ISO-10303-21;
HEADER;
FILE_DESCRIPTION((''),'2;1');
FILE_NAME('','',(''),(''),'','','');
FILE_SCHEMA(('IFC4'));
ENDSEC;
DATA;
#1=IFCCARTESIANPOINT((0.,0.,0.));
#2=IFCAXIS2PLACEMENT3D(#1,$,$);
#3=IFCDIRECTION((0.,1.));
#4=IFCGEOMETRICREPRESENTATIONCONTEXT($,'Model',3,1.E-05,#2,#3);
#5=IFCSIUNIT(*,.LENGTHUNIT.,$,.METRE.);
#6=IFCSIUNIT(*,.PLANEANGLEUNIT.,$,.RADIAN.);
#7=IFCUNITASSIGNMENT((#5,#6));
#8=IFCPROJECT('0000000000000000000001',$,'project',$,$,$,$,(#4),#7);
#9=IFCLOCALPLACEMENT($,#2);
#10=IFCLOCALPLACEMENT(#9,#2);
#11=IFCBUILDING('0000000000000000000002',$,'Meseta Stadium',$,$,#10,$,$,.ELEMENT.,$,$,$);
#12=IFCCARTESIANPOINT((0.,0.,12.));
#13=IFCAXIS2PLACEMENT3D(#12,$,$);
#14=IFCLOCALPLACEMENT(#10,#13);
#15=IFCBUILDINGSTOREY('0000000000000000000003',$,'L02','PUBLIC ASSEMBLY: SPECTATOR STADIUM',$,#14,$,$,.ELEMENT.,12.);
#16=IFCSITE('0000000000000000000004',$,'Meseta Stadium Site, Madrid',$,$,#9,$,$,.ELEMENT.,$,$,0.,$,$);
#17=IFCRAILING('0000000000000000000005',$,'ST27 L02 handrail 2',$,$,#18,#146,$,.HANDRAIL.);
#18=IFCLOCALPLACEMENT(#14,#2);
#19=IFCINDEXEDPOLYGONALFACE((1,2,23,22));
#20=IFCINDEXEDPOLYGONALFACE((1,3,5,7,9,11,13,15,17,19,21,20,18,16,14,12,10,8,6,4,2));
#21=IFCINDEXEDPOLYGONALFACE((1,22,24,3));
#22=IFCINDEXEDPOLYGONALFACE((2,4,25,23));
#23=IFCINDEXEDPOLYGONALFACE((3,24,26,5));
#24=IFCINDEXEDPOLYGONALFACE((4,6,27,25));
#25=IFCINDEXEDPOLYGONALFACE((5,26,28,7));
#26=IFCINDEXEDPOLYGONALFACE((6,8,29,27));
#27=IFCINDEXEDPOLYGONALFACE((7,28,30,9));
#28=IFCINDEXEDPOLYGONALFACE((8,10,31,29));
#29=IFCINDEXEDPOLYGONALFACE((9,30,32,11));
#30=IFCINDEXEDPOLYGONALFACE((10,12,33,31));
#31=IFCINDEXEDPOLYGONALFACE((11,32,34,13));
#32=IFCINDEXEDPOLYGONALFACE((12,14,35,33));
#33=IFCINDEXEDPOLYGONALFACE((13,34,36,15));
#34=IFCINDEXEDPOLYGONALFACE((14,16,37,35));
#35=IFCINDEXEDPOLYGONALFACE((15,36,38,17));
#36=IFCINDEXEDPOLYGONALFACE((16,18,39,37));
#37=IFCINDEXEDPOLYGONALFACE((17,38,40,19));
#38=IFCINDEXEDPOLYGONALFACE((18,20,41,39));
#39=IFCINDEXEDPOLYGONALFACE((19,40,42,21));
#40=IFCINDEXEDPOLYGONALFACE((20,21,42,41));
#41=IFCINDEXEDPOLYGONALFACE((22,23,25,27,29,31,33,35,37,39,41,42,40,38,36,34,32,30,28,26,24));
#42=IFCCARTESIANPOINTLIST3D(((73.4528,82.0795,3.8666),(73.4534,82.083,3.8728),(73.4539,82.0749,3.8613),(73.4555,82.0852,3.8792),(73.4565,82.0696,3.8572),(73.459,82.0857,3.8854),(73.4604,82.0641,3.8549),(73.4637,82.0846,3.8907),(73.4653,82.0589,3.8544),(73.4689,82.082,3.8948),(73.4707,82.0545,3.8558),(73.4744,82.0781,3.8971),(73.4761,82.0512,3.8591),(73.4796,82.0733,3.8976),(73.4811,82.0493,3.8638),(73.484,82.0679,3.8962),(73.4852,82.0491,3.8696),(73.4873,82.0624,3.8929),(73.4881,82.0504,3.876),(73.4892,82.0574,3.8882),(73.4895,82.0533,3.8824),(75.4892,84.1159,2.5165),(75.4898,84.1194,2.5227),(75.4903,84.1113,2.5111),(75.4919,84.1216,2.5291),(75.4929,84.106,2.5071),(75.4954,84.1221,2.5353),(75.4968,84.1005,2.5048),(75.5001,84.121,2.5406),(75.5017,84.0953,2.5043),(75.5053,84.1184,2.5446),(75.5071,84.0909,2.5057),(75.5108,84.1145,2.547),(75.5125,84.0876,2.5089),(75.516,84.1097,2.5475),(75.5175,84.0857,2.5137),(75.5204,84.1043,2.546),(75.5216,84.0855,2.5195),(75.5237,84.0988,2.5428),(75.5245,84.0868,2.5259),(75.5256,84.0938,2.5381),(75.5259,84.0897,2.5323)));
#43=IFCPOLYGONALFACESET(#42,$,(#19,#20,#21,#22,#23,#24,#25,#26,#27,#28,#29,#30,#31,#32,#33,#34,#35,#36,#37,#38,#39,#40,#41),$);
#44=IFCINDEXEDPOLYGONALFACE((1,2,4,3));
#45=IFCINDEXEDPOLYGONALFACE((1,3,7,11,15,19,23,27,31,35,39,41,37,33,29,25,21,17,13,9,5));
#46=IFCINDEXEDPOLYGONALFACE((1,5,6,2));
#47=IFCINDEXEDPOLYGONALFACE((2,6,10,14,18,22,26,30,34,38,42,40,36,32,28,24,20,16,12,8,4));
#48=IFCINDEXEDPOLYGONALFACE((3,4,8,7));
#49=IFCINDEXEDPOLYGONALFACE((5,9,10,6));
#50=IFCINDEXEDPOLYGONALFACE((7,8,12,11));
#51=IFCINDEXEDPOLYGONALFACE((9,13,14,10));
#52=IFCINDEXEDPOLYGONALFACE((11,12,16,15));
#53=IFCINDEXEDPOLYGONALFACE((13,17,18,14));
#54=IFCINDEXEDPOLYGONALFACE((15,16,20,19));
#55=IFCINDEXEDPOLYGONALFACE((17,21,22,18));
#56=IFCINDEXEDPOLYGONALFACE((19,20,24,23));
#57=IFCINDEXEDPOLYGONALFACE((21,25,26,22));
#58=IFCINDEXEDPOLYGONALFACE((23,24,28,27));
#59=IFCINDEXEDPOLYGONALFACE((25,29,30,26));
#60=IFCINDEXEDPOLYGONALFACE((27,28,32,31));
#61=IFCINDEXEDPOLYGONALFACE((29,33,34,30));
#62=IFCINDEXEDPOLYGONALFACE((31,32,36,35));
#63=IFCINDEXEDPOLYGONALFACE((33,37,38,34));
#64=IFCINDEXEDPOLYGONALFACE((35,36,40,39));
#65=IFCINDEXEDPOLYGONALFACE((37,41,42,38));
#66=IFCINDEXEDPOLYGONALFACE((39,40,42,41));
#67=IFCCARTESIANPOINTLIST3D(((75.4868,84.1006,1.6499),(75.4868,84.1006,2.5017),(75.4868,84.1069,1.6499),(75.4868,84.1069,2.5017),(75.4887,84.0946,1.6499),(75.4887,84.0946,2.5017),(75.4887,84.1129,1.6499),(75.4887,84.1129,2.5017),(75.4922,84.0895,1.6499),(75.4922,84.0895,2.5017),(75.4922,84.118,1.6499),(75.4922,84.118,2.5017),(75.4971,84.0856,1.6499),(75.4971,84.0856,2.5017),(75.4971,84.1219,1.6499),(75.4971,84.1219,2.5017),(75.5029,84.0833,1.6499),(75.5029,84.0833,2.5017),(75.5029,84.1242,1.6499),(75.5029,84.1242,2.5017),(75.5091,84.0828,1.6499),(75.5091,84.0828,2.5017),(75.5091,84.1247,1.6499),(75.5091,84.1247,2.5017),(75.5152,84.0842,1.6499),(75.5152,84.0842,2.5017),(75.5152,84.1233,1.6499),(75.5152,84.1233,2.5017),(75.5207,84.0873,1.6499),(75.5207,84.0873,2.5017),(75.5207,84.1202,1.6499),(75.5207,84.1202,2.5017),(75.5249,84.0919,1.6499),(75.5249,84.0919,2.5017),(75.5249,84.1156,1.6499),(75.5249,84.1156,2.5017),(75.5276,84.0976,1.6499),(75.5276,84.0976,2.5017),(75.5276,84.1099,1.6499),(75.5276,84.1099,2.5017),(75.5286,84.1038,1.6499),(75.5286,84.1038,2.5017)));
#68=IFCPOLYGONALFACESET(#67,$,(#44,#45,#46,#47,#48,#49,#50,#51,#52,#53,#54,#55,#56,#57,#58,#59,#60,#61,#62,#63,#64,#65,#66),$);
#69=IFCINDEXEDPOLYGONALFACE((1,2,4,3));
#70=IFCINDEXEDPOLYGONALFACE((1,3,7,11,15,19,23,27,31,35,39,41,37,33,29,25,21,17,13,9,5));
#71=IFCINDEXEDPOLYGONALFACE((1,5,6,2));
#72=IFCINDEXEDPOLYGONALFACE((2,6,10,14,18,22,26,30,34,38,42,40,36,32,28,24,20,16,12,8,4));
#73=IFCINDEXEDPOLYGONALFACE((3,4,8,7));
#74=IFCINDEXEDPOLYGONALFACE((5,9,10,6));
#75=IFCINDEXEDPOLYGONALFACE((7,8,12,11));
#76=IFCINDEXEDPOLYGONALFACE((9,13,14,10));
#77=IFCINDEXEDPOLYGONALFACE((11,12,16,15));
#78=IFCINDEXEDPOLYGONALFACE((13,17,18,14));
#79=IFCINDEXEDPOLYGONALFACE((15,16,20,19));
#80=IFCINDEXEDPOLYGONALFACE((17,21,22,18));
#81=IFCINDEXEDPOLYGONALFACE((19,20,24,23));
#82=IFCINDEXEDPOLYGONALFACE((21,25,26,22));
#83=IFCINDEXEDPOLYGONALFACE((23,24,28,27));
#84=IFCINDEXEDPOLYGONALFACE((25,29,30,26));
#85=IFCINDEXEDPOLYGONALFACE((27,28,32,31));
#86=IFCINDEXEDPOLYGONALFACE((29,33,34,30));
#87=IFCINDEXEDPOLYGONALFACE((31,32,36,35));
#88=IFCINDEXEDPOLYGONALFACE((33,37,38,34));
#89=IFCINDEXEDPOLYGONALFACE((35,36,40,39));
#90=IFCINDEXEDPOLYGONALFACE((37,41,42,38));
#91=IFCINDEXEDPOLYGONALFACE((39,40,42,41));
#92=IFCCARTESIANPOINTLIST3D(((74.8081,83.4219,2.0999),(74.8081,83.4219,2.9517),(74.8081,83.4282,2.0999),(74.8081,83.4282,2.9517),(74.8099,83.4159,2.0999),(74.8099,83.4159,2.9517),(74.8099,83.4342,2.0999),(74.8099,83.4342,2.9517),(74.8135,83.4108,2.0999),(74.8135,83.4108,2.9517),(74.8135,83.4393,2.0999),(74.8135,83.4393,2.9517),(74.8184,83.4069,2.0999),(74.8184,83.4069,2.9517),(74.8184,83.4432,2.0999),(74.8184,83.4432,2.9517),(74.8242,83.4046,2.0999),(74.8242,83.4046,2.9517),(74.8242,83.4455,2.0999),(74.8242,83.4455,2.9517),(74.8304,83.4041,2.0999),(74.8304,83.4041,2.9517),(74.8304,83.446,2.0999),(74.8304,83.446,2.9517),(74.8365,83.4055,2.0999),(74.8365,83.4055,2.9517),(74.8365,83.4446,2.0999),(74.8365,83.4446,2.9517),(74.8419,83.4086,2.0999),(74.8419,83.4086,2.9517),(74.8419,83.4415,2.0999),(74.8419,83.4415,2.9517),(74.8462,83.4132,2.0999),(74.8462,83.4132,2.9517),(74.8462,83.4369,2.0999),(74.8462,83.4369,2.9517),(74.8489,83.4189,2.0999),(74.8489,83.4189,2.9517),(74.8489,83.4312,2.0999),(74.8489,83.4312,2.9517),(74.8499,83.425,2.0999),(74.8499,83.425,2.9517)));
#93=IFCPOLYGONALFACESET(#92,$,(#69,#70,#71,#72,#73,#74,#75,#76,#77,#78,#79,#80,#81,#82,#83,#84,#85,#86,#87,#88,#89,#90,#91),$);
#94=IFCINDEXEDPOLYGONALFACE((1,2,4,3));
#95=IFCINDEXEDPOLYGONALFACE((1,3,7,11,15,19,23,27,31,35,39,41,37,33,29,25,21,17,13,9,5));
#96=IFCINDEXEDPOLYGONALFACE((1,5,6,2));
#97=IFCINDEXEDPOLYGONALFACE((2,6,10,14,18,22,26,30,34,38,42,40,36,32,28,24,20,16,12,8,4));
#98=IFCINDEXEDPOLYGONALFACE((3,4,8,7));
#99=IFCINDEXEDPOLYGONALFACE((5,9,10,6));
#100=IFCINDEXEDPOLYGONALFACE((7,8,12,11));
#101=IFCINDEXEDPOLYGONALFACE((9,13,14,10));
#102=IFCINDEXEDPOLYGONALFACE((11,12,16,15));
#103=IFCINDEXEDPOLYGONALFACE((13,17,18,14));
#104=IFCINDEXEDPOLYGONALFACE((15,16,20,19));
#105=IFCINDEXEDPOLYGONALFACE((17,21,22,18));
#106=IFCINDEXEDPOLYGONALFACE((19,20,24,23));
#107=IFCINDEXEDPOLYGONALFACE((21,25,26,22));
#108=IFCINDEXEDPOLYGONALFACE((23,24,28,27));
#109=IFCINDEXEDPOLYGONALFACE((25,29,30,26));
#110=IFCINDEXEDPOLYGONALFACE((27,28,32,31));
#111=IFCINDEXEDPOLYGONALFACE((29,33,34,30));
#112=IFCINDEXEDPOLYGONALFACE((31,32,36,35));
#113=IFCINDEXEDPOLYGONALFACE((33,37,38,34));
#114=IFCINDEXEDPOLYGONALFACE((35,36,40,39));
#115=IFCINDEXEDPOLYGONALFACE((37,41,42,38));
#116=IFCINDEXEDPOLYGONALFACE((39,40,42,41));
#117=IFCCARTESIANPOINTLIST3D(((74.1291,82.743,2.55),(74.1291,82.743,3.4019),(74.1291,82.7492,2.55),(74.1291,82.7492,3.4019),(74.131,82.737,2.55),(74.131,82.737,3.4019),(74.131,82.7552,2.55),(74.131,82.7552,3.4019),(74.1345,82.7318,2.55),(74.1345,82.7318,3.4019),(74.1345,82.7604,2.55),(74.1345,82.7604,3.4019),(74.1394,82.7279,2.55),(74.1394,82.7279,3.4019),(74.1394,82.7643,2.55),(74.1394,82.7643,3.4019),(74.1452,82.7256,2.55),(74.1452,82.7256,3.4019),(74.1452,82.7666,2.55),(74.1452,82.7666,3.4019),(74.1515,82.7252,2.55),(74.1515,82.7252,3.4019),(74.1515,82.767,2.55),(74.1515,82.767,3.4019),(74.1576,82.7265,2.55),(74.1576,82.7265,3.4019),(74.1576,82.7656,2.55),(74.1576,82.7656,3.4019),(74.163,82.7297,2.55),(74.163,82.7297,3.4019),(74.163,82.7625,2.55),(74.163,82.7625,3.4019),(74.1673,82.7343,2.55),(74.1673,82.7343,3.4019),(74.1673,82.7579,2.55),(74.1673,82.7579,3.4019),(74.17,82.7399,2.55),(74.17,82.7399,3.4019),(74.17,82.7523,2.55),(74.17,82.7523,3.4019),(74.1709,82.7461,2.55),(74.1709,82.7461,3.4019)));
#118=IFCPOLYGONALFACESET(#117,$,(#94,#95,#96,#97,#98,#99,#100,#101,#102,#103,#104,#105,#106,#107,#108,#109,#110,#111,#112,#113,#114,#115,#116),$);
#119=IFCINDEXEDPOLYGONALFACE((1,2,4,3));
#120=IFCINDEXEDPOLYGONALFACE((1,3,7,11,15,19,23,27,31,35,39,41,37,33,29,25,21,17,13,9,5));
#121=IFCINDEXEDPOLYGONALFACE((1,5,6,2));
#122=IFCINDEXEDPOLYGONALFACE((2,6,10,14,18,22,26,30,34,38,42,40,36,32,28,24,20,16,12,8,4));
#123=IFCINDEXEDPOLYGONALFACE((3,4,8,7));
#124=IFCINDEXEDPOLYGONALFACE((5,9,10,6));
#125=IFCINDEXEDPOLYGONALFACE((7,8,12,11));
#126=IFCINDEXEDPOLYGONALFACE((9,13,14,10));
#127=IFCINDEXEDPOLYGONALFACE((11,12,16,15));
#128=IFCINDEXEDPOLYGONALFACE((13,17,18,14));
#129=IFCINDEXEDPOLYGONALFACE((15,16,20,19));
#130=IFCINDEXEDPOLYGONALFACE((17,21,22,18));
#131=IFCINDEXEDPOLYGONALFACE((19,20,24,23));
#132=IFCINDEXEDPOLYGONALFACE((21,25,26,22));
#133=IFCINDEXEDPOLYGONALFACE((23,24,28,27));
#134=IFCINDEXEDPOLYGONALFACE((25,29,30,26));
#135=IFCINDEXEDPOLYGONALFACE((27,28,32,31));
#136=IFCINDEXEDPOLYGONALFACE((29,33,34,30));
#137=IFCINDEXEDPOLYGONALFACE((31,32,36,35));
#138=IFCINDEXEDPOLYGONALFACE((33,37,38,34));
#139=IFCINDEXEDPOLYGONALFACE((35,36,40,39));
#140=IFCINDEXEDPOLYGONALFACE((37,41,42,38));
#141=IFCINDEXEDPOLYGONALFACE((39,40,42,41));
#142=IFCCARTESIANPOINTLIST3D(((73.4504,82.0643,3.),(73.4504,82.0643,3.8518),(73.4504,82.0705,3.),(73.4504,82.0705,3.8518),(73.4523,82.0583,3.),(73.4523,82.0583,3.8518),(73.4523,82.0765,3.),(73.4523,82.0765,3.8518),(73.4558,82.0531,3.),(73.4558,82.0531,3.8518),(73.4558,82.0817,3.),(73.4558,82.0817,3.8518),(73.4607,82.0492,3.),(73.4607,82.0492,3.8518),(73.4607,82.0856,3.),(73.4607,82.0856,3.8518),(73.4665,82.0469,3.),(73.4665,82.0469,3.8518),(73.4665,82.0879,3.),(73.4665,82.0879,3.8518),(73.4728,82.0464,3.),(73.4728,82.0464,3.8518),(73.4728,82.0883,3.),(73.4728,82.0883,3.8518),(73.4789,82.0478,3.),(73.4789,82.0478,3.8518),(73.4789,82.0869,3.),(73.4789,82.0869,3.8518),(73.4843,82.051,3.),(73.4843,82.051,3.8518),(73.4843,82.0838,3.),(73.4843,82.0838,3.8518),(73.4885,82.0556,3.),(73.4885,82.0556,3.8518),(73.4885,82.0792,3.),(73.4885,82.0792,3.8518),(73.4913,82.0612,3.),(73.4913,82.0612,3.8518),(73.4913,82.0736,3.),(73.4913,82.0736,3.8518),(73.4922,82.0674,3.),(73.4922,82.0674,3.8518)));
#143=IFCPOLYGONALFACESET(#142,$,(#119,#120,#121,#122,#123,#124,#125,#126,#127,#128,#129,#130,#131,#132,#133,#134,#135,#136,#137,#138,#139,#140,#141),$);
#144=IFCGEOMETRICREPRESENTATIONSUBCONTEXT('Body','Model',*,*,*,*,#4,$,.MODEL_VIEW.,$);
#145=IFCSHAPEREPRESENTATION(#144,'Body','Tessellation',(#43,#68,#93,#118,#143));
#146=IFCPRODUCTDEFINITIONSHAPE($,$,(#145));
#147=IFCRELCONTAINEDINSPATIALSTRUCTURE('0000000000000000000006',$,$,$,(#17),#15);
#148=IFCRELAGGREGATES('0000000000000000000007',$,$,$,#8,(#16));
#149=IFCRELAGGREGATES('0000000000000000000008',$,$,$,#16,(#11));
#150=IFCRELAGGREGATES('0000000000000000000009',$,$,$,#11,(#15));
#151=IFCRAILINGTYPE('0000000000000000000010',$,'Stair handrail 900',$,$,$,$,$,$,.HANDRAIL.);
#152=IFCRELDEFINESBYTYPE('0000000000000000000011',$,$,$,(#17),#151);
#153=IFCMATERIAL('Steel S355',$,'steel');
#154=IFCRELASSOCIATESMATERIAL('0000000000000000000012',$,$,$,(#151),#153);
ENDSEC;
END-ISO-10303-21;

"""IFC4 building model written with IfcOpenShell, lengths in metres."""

from ifc_helpers import new_model, si_unit, direction, frame, origin, origin_2d, place, context, subcontext, project, spatial, circle, extrude, material, type_object, element, save


model = new_model("IFC4")

# Units and contexts
model_context = context("Model", 3, precision=1e-05, world=origin(), true_north=direction((0.0, 1.0)))
body_context = subcontext(model_context, "Body", "Model", "MODEL_VIEW")
ifc_project = project(units=[si_unit("LENGTHUNIT", "METRE"), si_unit("PLANEANGLEUNIT", "RADIAN")], contexts=[model_context])

# Site, building, storey
site_placement = place(None, origin())
site = spatial("IfcSite", under=ifc_project, at=site_placement, Name="Meseta Stadium Site, Madrid", CompositionType="ELEMENT", RefElevation=0.0)
building_placement = place(site_placement, origin())
building = spatial("IfcBuilding", under=site, at=building_placement, Name="Meseta Stadium", CompositionType="ELEMENT")
storey_placement = place(building_placement, frame((0.0, 0.0, 12.0)))
storey = spatial("IfcBuildingStorey", under=building, at=storey_placement, Name="L02", Description="PUBLIC ASSEMBLY: SPECTATOR STADIUM", CompositionType="ELEMENT", Elevation=12.0)

# Railing
ifc_material_1 = material(Name="Steel S355", Category="steel")
railing_type_1 = type_object("IfcRailingType", Name="Stair handrail 900", PredefinedType="HANDRAIL", material=ifc_material_1)
for number, where, name in (
    (1, (75.5076, 84.1038, 1.6499), "ST27 L02 handrail 2"),
):
    element("IfcRailing", number, at=place(storey_placement, frame(where)), inside=storey, type_object=railing_type_1, Name=name, PredefinedType="HANDRAIL", context=body_context, shape_type="SweptSolid", body=[
        extrude(circle(Radius=0.0239, at=origin_2d()), frame((0.0, 0.0, 0.876), z_axis=(-0.640243, -0.640243, 0.424475), x_axis=(0.707107, -0.707107, 0.0)), (0.0, 0.0, 1.0), 3.1807),
        extrude(circle(Radius=0.021, at=origin_2d()), origin(), (0.0, 0.0, 1.0), 0.8518),
        extrude(circle(Radius=0.021, at=origin_2d()), frame((-0.6787, -0.6787, 0.45)), (0.0, 0.0, 1.0), 0.8518),
        extrude(circle(Radius=0.021, at=origin_2d()), frame((-1.3577, -1.3577, 0.9001)), (0.0, 0.0, 1.0), 0.8518),
        extrude(circle(Radius=0.021, at=origin_2d()), frame((-2.0364, -2.0364, 1.3501)), (0.0, 0.0, 1.0), 0.8518),
    ])

save(model, "model.ifc")
